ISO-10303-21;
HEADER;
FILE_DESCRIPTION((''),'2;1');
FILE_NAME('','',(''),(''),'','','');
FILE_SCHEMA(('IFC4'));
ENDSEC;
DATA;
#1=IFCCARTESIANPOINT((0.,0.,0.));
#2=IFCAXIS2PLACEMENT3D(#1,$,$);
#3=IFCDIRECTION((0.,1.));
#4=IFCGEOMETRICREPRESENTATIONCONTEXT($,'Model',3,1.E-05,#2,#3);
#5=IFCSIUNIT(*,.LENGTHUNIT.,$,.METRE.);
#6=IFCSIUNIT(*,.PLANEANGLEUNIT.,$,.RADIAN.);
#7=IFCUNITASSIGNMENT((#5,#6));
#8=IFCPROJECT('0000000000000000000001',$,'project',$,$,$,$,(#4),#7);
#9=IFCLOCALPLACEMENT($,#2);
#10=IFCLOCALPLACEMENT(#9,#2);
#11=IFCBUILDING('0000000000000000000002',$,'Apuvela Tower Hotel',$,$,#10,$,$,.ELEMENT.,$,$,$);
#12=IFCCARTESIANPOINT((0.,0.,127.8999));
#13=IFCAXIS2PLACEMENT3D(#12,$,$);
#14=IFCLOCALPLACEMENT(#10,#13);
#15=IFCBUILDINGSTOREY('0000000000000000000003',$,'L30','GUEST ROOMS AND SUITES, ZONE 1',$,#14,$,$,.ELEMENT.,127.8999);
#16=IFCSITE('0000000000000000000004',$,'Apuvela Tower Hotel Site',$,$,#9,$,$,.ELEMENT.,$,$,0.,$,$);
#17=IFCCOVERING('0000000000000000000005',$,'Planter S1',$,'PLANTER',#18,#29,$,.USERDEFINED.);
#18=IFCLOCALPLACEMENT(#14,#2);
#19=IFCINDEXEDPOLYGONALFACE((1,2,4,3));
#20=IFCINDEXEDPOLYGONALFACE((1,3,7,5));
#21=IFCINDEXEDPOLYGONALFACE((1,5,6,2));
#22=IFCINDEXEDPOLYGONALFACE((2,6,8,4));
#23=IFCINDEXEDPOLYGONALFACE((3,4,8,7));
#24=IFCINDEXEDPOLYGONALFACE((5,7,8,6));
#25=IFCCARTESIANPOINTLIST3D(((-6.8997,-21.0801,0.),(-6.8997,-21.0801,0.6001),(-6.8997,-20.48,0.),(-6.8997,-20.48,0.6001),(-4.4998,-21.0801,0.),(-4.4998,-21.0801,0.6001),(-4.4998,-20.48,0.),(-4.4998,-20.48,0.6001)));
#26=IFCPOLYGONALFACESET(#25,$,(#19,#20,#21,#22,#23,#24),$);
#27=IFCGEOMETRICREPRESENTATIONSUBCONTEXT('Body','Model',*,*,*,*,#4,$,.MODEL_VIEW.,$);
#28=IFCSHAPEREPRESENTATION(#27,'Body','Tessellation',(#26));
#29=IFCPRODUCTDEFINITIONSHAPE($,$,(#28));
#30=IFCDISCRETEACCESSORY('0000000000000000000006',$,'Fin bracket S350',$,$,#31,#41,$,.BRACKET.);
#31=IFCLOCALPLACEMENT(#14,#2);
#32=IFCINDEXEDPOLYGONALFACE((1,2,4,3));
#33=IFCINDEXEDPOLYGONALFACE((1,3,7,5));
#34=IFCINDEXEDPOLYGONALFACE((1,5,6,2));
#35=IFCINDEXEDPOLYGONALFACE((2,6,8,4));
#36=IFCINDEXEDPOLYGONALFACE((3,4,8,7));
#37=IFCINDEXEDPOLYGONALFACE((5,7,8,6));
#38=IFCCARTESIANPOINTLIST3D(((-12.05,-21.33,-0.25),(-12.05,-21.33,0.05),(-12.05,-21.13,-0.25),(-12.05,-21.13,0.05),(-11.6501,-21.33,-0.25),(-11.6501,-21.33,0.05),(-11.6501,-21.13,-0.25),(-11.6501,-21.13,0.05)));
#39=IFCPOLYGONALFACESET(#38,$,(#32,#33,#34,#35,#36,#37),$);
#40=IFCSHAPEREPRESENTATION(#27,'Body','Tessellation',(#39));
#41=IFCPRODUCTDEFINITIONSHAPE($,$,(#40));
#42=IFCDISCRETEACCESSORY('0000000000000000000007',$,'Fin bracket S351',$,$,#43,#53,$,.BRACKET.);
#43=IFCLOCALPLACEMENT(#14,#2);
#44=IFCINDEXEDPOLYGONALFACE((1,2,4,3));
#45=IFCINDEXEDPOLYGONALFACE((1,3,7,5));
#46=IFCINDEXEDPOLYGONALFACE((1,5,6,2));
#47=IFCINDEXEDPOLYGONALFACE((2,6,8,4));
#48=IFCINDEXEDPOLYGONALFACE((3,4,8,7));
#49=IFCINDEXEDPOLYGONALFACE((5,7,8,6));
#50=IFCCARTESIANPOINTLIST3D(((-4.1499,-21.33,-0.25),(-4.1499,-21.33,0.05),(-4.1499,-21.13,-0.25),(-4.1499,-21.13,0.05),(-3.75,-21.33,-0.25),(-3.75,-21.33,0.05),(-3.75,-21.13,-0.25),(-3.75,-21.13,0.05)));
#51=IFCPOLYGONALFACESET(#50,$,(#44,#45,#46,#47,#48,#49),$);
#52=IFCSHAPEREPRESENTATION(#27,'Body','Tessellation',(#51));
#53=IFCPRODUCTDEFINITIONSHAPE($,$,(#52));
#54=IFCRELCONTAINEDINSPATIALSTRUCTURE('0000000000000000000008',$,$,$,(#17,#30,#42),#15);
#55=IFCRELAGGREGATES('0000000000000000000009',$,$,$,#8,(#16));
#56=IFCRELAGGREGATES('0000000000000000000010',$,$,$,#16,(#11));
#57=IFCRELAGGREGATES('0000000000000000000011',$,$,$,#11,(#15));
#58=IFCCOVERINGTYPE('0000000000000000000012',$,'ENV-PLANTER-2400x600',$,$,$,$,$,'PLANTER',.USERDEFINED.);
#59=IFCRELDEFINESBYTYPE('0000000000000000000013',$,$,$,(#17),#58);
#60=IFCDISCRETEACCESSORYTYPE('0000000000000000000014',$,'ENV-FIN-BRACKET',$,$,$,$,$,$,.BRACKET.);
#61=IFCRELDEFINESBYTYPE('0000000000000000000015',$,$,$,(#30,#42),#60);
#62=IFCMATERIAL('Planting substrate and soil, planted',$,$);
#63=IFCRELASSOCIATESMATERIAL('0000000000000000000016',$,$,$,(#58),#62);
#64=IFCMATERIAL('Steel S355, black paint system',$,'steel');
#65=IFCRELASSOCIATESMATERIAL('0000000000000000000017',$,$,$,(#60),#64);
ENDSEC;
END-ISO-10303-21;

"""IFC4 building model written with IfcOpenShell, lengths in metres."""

from ifc_helpers import new_model, si_unit, direction, frame, origin, origin_2d, place, context, subcontext, project, spatial, rectangle, extrude, material, type_object, element, save


model = new_model("IFC4")

# Units and contexts
model_context = context("Model", 3, precision=1e-05, world=origin(), true_north=direction((0.0, 1.0)))
body_context = subcontext(model_context, "Body", "Model", "MODEL_VIEW")
ifc_project = project(units=[si_unit("LENGTHUNIT", "METRE"), si_unit("PLANEANGLEUNIT", "RADIAN")], contexts=[model_context])

# Site, building, storey
site_placement = place(None, origin())
site = spatial("IfcSite", under=ifc_project, at=site_placement, Name="Apuvela Tower Hotel Site", CompositionType="ELEMENT", RefElevation=0.0)
building_placement = place(site_placement, origin())
building = spatial("IfcBuilding", under=site, at=building_placement, Name="Apuvela Tower Hotel", CompositionType="ELEMENT")
storey_placement = place(building_placement, frame((0.0, 0.0, 127.8999)))
storey = spatial("IfcBuildingStorey", under=building, at=storey_placement, Name="L30", Description="GUEST ROOMS AND SUITES, ZONE 1", CompositionType="ELEMENT", Elevation=127.8999)

# Covering
ifc_material_1 = material(Name="Planting substrate and soil, planted")
covering_type = type_object("IfcCoveringType", Name="ENV-PLANTER-2400x600", ElementType="PLANTER", PredefinedType="USERDEFINED", material=ifc_material_1)
covering_placement = place(storey_placement, frame((-5.6997, -20.78, 0.0), z_axis=(0.0, 0.0, 1.0), x_axis=(1.0, 0.0, 0.0)))
element("IfcCovering", 1, at=covering_placement, inside=storey, type_object=covering_type, Name="Planter S1", ObjectType="PLANTER", PredefinedType="USERDEFINED", context=body_context, shape_type="SweptSolid", body=[
    extrude(rectangle(XDim=2.3999, YDim=0.6001, at=origin_2d()), origin(), (0.0, 0.0, 1.0), 0.6001),
])

# Discrete accessories
ifc_material_2 = material(Name="Steel S355, black paint system", Category="steel")
discrete_accessory_type = type_object("IfcDiscreteAccessoryType", Name="ENV-FIN-BRACKET", PredefinedType="BRACKET", material=ifc_material_2)
for number, where, z_axis, x_axis, name in (
    (2, (-11.8501, -21.23, -0.25), (0.0, 0.0, 1.0), (1.0, 0.0, 0.0), "Fin bracket S350"),
    (3, (-3.95, -21.23, -0.25), (0.0, 0.0, 1.0), (1.0, 0.0, 0.0), "Fin bracket S351"),
):
    element("IfcDiscreteAccessory", number, at=place(storey_placement, frame(where, z_axis=z_axis, x_axis=x_axis)), inside=storey, type_object=discrete_accessory_type, Name=name, PredefinedType="BRACKET", context=body_context, shape_type="SweptSolid", body=[
        extrude(rectangle(XDim=0.3999, YDim=0.2, at=origin_2d()), origin(), (0.0, 0.0, 1.0), 0.3),
    ])

save(model, "model.ifc")
